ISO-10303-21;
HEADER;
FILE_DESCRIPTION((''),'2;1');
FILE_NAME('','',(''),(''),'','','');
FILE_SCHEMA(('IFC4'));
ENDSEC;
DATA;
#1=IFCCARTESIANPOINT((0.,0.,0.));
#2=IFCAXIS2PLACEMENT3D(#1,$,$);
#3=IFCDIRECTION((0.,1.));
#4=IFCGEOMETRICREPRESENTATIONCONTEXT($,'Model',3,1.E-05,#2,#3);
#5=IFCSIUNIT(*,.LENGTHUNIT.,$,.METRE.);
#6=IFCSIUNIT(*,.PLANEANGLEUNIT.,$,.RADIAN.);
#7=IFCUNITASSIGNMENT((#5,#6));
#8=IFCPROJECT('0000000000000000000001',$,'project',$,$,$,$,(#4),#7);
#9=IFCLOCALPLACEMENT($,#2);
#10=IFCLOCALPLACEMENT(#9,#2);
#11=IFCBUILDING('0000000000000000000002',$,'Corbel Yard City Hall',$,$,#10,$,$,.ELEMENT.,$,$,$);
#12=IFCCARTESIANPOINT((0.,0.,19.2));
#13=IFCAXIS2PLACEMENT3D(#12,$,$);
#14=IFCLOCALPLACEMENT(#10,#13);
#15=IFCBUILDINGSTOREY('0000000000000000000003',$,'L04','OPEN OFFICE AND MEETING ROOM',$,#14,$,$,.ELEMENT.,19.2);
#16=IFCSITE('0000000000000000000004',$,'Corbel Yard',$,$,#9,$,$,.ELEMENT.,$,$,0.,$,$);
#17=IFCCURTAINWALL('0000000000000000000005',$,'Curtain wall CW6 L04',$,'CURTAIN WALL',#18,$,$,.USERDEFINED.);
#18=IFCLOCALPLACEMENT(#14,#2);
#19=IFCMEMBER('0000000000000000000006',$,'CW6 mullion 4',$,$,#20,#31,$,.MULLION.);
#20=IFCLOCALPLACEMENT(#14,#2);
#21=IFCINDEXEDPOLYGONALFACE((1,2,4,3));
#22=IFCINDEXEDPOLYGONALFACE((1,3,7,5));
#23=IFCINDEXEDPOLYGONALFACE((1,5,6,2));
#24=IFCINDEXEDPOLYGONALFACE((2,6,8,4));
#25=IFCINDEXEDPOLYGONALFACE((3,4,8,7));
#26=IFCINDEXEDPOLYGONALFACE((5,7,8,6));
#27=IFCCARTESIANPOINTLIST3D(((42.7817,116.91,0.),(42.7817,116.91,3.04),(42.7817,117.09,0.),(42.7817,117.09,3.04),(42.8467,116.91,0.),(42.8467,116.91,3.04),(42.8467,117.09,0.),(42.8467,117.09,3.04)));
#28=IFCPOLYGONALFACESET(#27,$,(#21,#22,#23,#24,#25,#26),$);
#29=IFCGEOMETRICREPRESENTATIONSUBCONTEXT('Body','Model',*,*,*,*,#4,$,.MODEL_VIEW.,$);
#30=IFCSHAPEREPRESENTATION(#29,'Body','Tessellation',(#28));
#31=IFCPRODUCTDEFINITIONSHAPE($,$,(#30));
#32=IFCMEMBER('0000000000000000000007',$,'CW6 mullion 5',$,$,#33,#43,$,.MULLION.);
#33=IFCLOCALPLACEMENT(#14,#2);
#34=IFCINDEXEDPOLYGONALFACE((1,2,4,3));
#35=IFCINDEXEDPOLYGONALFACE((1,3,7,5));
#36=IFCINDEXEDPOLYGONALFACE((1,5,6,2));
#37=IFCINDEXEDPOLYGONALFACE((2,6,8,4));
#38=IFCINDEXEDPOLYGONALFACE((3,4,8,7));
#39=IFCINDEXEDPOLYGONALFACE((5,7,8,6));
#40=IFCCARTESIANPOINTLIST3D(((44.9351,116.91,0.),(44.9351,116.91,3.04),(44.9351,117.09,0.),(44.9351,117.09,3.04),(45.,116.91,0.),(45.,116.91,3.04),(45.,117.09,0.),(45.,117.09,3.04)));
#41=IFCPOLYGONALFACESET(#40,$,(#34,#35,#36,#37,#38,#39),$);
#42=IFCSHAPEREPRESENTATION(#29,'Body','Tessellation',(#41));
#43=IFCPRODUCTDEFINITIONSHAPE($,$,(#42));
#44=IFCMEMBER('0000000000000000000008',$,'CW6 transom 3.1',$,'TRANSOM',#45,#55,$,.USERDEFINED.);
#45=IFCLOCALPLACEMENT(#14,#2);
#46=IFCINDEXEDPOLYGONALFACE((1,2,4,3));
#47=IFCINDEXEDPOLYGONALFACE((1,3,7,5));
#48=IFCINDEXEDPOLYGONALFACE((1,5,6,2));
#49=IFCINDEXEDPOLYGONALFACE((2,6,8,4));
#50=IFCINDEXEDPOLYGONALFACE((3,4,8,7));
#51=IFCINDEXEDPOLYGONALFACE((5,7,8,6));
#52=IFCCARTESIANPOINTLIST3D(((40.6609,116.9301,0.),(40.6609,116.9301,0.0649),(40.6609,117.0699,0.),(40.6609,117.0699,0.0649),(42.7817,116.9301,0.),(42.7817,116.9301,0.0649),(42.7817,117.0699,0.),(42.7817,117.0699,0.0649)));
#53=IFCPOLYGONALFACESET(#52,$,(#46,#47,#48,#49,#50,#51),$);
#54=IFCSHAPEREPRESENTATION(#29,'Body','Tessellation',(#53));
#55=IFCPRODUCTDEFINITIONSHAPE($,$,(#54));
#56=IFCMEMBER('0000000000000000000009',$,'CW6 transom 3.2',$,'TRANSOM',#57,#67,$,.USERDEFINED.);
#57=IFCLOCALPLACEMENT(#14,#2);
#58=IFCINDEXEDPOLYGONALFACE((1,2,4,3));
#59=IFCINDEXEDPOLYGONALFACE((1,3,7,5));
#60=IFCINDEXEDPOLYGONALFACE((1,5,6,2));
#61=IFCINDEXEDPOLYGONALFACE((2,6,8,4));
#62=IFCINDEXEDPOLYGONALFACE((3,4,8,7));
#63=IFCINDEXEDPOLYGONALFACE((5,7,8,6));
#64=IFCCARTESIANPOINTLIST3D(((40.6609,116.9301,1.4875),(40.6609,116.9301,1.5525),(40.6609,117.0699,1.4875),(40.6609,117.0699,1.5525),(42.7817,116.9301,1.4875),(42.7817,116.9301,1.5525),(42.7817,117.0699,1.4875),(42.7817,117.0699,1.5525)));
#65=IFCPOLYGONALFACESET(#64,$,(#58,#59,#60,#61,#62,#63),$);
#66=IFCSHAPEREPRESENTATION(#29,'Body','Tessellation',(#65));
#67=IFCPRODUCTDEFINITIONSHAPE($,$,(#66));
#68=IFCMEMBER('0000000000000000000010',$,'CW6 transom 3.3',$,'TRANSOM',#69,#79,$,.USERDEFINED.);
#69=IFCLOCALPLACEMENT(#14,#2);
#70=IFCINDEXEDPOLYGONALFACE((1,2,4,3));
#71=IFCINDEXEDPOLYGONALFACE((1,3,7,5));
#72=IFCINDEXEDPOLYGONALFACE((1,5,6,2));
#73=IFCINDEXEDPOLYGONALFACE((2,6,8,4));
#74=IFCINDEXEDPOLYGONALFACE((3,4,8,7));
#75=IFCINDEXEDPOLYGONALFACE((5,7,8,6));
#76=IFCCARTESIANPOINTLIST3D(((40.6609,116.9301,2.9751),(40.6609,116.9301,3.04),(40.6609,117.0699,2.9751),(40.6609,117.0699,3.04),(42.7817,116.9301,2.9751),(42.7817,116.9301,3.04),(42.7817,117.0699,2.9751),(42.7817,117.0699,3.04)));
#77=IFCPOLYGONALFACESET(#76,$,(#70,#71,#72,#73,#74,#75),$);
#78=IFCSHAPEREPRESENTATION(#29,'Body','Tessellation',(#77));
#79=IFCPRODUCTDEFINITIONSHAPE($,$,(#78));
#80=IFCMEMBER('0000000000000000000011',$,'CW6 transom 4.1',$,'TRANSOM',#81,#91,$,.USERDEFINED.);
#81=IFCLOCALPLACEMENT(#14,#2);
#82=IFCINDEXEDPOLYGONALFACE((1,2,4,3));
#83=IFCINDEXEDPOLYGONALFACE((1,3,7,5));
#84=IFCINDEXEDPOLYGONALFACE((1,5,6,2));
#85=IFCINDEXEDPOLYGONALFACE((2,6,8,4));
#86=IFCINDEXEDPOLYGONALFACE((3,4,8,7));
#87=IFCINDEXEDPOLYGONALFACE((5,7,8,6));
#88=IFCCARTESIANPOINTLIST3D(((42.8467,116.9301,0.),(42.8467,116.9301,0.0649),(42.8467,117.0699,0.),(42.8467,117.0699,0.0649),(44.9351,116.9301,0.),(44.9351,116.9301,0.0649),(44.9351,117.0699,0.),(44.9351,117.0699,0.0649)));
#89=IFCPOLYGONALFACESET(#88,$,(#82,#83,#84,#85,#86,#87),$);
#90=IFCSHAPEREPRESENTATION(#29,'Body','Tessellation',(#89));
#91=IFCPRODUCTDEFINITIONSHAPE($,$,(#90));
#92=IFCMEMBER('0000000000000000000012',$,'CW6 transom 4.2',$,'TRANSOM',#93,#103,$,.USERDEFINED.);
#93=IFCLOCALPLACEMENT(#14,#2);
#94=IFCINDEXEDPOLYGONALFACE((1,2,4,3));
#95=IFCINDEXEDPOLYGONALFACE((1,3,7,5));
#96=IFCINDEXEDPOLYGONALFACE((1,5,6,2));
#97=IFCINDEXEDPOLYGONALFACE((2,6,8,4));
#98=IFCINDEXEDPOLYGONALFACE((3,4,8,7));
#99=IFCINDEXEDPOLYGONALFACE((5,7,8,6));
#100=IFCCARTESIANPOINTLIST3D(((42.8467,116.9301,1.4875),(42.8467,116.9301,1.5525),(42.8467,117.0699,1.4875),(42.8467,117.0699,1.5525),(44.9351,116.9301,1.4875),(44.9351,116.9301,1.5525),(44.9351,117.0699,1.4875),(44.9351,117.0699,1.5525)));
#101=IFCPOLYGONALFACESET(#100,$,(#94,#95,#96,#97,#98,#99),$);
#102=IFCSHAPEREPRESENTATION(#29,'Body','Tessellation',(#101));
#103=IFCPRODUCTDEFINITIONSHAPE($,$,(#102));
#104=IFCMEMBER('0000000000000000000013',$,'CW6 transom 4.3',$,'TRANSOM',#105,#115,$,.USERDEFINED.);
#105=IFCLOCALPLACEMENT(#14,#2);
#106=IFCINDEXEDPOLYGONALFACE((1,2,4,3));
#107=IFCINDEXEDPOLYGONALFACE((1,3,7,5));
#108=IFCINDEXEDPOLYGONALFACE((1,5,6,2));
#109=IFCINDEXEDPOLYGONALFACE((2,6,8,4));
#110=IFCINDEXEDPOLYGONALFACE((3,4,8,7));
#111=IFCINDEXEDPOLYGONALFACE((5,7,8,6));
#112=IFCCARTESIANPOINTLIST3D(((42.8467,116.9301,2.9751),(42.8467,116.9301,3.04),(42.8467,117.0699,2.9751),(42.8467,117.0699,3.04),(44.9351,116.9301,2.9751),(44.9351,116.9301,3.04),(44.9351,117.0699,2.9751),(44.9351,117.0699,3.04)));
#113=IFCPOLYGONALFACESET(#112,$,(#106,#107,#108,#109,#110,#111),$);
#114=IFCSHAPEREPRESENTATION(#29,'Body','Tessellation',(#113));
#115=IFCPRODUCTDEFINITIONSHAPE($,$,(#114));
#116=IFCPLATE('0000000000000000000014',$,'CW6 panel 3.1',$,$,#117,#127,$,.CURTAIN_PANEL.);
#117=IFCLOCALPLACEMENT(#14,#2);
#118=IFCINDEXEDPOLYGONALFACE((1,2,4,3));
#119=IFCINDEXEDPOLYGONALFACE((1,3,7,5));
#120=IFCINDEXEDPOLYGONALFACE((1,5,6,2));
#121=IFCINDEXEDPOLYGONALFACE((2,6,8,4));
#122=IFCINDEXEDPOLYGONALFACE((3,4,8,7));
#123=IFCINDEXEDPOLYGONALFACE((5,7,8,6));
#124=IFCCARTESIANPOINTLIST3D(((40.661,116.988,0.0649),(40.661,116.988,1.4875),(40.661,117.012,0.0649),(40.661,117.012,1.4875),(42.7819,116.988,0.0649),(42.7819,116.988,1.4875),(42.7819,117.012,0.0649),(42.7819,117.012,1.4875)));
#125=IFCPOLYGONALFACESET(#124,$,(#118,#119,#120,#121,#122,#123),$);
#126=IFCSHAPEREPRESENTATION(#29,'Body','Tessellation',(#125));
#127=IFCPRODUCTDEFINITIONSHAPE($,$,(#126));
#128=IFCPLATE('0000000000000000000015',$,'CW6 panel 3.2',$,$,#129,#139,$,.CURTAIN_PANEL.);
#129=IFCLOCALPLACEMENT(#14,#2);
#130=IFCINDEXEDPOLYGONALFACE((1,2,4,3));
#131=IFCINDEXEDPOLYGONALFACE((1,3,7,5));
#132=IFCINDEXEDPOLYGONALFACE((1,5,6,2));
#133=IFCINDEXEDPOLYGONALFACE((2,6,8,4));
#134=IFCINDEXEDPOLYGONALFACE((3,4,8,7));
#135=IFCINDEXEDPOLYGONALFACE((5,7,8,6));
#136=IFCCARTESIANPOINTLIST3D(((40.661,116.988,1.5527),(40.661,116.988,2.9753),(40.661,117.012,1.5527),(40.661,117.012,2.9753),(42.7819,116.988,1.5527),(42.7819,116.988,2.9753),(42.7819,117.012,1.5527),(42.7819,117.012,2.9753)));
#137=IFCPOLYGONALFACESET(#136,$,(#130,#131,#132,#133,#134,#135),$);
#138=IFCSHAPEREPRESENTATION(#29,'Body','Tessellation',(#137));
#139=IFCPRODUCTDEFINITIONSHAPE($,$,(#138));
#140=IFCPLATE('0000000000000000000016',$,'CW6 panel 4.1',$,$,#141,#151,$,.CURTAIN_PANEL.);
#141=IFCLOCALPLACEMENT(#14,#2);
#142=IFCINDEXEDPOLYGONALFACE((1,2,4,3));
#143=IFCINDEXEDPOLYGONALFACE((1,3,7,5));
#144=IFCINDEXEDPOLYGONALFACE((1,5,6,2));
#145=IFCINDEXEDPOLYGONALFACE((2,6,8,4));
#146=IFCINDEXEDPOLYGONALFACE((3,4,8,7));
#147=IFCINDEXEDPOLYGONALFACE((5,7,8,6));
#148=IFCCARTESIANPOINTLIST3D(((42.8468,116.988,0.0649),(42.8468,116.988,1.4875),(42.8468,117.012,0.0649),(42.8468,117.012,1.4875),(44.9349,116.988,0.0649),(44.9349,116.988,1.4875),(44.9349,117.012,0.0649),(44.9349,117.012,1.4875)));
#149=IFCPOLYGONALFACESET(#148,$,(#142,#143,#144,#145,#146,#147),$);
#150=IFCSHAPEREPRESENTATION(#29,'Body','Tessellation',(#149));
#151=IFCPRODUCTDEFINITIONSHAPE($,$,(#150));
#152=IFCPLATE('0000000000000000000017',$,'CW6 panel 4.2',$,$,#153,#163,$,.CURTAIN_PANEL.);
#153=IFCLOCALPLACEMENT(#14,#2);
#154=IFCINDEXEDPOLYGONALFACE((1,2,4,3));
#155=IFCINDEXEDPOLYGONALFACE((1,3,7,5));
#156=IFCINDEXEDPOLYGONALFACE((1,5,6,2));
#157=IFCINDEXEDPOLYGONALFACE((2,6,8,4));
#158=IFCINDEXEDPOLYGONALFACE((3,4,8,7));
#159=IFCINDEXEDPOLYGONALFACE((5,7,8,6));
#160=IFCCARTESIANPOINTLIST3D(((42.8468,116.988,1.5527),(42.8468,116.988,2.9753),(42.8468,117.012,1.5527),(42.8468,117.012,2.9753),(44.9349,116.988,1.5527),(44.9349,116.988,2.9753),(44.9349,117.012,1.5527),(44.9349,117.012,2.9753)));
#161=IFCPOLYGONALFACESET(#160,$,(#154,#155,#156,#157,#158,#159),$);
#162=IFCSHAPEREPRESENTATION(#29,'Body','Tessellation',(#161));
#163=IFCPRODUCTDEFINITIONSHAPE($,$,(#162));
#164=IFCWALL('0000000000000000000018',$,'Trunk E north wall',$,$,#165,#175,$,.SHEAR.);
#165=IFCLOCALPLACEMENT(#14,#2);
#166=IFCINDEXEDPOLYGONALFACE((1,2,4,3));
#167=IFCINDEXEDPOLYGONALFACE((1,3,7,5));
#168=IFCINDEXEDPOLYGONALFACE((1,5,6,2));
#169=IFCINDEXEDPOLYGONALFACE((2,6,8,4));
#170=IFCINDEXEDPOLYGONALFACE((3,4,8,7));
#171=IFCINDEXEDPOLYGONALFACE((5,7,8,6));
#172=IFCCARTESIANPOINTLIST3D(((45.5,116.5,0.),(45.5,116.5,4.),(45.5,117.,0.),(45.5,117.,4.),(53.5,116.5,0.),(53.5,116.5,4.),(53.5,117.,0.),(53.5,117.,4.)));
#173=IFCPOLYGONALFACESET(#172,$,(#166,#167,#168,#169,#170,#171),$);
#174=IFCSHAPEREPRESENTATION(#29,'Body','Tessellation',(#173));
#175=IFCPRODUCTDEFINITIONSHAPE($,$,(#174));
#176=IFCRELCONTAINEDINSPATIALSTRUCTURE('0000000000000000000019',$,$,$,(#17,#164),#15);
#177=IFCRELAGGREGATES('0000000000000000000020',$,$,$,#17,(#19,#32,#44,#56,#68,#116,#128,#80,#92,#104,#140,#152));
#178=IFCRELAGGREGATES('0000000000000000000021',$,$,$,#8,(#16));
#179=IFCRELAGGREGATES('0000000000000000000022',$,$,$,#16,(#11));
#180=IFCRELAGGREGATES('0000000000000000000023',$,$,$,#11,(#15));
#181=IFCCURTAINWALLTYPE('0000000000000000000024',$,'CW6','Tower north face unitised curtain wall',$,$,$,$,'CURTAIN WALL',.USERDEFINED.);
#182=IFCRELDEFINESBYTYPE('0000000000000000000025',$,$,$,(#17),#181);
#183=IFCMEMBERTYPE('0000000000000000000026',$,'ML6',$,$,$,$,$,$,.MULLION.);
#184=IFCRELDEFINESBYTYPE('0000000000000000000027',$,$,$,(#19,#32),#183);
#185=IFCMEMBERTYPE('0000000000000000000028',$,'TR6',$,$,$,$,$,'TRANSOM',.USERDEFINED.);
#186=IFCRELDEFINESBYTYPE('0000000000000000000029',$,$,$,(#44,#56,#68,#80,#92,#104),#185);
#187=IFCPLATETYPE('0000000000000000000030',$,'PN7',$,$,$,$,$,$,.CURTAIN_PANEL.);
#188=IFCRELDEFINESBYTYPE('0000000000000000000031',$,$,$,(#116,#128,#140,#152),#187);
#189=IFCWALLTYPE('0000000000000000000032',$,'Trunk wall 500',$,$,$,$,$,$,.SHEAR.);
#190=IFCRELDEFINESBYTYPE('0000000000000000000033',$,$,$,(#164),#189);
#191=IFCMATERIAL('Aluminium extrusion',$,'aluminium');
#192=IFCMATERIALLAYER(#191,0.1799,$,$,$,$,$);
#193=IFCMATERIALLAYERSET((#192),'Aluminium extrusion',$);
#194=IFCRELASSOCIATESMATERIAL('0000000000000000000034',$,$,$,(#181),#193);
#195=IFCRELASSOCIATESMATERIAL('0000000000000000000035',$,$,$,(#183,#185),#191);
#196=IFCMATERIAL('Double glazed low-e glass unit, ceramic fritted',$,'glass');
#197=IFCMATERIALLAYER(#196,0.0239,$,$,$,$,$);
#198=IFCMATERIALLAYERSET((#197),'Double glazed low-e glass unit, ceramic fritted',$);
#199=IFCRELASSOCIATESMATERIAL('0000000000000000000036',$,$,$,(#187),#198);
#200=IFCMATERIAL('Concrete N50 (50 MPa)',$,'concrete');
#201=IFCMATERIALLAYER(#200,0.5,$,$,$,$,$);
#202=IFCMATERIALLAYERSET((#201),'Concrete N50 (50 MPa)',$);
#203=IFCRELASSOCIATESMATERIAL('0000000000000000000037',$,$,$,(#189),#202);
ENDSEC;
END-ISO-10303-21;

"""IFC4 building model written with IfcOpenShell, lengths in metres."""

from ifc_helpers import new_model, si_unit, direction, frame, frame_2d, origin, origin_2d, place, context, subcontext, project, spatial, rectangle, extrude, material, layer, layer_set, material_profile, profile_set, type_object, element, aggregate, save


model = new_model("IFC4")

# Units and contexts
model_context = context("Model", 3, precision=1e-05, world=origin(), true_north=direction((0.0, 1.0)))
body_context = subcontext(model_context, "Body", "Model", "MODEL_VIEW")
ifc_project = project(units=[si_unit("LENGTHUNIT", "METRE"), si_unit("PLANEANGLEUNIT", "RADIAN")], contexts=[model_context])

# Site, building, storey
site_placement = place(None, origin())
site = spatial("IfcSite", under=ifc_project, at=site_placement, Name="Corbel Yard", CompositionType="ELEMENT", RefElevation=0.0)
building_placement = place(site_placement, origin())
building = spatial("IfcBuilding", under=site, at=building_placement, Name="Corbel Yard City Hall", CompositionType="ELEMENT")
storey_placement = place(building_placement, frame((0.0, 0.0, 19.2)))
storey = spatial("IfcBuildingStorey", under=building, at=storey_placement, Name="L04", Description="OPEN OFFICE AND MEETING ROOM", CompositionType="ELEMENT", Elevation=19.2)

# Curtain wall, members, plates
ifc_material_1 = material(Name="Aluminium extrusion", Category="aluminium")
ifc_layer_1 = layer(ifc_material_1, 0.1799)
ifc_layer_set_1 = layer_set([ifc_layer_1], Name="Aluminium extrusion")
curtain_wall_type = type_object("IfcCurtainWallType", Name="CW6", Description="Tower north face unitised curtain wall", ElementType="CURTAIN WALL", PredefinedType="USERDEFINED", material=ifc_layer_set_1)
curtain_wall_placement = place(storey_placement, origin())
curtain_wall = element("IfcCurtainWall", 1, at=curtain_wall_placement, inside=storey, type_object=curtain_wall_type, Name="Curtain wall CW6 L04", ObjectType="CURTAIN WALL", PredefinedType="USERDEFINED")
ifc_material_profile_1 = material_profile(ifc_material_1, rectangle(XDim=0.1799, YDim=0.0649, at=origin_2d()), Name="180x65")
ifc_profile_set_1 = profile_set([ifc_material_profile_1], Name="Aluminium extrusion")
member_type_1 = type_object("IfcMemberType", Name="ML6", PredefinedType="MULLION", material=ifc_profile_set_1)
member_1_placement = place(storey_placement, frame((42.8142, 117.0, 0.0), z_axis=(0.0, 0.0, 1.0), x_axis=(0.0, 1.0, 0.0)))
member_1 = element("IfcMember", 2, at=member_1_placement, type_object=member_type_1, Name="CW6 mullion 4", PredefinedType="MULLION", context=body_context, shape_type="SweptSolid", body=[
    extrude(rectangle(XDim=0.1799, YDim=0.0649, at=origin_2d()), origin(), (0.0, 0.0, 1.0), 3.04),
])
member_2_placement = place(storey_placement, frame((44.9675, 117.0, 0.0), z_axis=(0.0, 0.0, 1.0), x_axis=(0.0, 1.0, 0.0)))
member_2 = element("IfcMember", 3, at=member_2_placement, type_object=member_type_1, Name="CW6 mullion 5", PredefinedType="MULLION", context=body_context, shape_type="SweptSolid", body=[
    extrude(rectangle(XDim=0.1799, YDim=0.0649, at=origin_2d()), origin(), (0.0, 0.0, 1.0), 3.04),
])
ifc_material_profile_2 = material_profile(ifc_material_1, rectangle(XDim=0.1399, YDim=0.0649, at=origin_2d()), Name="140x65")
ifc_profile_set_2 = profile_set([ifc_material_profile_2], Name="Aluminium extrusion")
member_type_2 = type_object("IfcMemberType", Name="TR6", ElementType="TRANSOM", PredefinedType="USERDEFINED", material=ifc_profile_set_2)
member_3_placement = place(storey_placement, frame((40.6609, 117.0, 0.0325), z_axis=(1.0, 0.0, 0.0), x_axis=(0.0, 1.0, 0.0)))
member_3 = element("IfcMember", 4, at=member_3_placement, type_object=member_type_2, Name="CW6 transom 3.1", ObjectType="TRANSOM", PredefinedType="USERDEFINED", context=body_context, shape_type="SweptSolid", body=[
    extrude(rectangle(XDim=0.1399, YDim=0.0649, at=origin_2d()), origin(), (0.0, 0.0, 1.0), 2.1208),
])
member_4_placement = place(storey_placement, frame((40.6609, 117.0, 1.52), z_axis=(1.0, 0.0, 0.0), x_axis=(0.0, 1.0, 0.0)))
member_4 = element("IfcMember", 5, at=member_4_placement, type_object=member_type_2, Name="CW6 transom 3.2", ObjectType="TRANSOM", PredefinedType="USERDEFINED", context=body_context, shape_type="SweptSolid", body=[
    extrude(rectangle(XDim=0.1399, YDim=0.0649, at=origin_2d()), origin(), (0.0, 0.0, 1.0), 2.1208),
])
member_5_placement = place(storey_placement, frame((40.6609, 117.0, 3.0076), z_axis=(1.0, 0.0, 0.0), x_axis=(0.0, 1.0, 0.0)))
member_5 = element("IfcMember", 6, at=member_5_placement, type_object=member_type_2, Name="CW6 transom 3.3", ObjectType="TRANSOM", PredefinedType="USERDEFINED", context=body_context, shape_type="SweptSolid", body=[
    extrude(rectangle(XDim=0.1399, YDim=0.0649, at=origin_2d()), origin(), (0.0, 0.0, 1.0), 2.1208),
])
member_6_placement = place(storey_placement, frame((42.8467, 117.0, 0.0325), z_axis=(1.0, 0.0, 0.0), x_axis=(0.0, 1.0, 0.0)))
member_6 = element("IfcMember", 7, at=member_6_placement, type_object=member_type_2, Name="CW6 transom 4.1", ObjectType="TRANSOM", PredefinedType="USERDEFINED", context=body_context, shape_type="SweptSolid", body=[
    extrude(rectangle(XDim=0.1399, YDim=0.0649, at=origin_2d()), origin(), (0.0, 0.0, 1.0), 2.0884),
])
member_7_placement = place(storey_placement, frame((42.8467, 117.0, 1.52), z_axis=(1.0, 0.0, 0.0), x_axis=(0.0, 1.0, 0.0)))
member_7 = element("IfcMember", 8, at=member_7_placement, type_object=member_type_2, Name="CW6 transom 4.2", ObjectType="TRANSOM", PredefinedType="USERDEFINED", context=body_context, shape_type="SweptSolid", body=[
    extrude(rectangle(XDim=0.1399, YDim=0.0649, at=origin_2d()), origin(), (0.0, 0.0, 1.0), 2.0884),
])
member_8_placement = place(storey_placement, frame((42.8467, 117.0, 3.0076), z_axis=(1.0, 0.0, 0.0), x_axis=(0.0, 1.0, 0.0)))
member_8 = element("IfcMember", 9, at=member_8_placement, type_object=member_type_2, Name="CW6 transom 4.3", ObjectType="TRANSOM", PredefinedType="USERDEFINED", context=body_context, shape_type="SweptSolid", body=[
    extrude(rectangle(XDim=0.1399, YDim=0.0649, at=origin_2d()), origin(), (0.0, 0.0, 1.0), 2.0884),
])
ifc_material_2 = material(Name="Double glazed low-e glass unit, ceramic fritted", Category="glass")
ifc_layer_2 = layer(ifc_material_2, 0.0239)
ifc_layer_set_2 = layer_set([ifc_layer_2], Name="Double glazed low-e glass unit, ceramic fritted")
plate_type = type_object("IfcPlateType", Name="PN7", PredefinedType="CURTAIN_PANEL", material=ifc_layer_set_2)
plate_1_placement = place(storey_placement, frame((41.7214, 117.0, 0.0649), z_axis=(0.0, 0.0, 1.0), x_axis=(1.0, 0.0, 0.0)))
plate_1 = element("IfcPlate", 10, at=plate_1_placement, type_object=plate_type, Name="CW6 panel 3.1", PredefinedType="CURTAIN_PANEL", context=body_context, shape_type="SweptSolid", body=[
    extrude(rectangle(XDim=2.1208, YDim=0.0239, at=origin_2d()), origin(), (0.0, 0.0, 1.0), 1.4226),
])
plate_2_placement = place(storey_placement, frame((41.7214, 117.0, 1.5527), z_axis=(0.0, 0.0, 1.0), x_axis=(1.0, 0.0, 0.0)))
plate_2 = element("IfcPlate", 11, at=plate_2_placement, type_object=plate_type, Name="CW6 panel 3.2", PredefinedType="CURTAIN_PANEL", context=body_context, shape_type="SweptSolid", body=[
    extrude(rectangle(XDim=2.1208, YDim=0.0239, at=origin_2d()), origin(), (0.0, 0.0, 1.0), 1.4226),
])
plate_3_placement = place(storey_placement, frame((43.8909, 117.0, 0.0649), z_axis=(0.0, 0.0, 1.0), x_axis=(1.0, 0.0, 0.0)))
plate_3 = element("IfcPlate", 12, at=plate_3_placement, type_object=plate_type, Name="CW6 panel 4.1", PredefinedType="CURTAIN_PANEL", context=body_context, shape_type="SweptSolid", body=[
    extrude(rectangle(XDim=2.0881, YDim=0.0239, at=origin_2d()), origin(), (0.0, 0.0, 1.0), 1.4226),
])
plate_4_placement = place(storey_placement, frame((43.8909, 117.0, 1.5527), z_axis=(0.0, 0.0, 1.0), x_axis=(1.0, 0.0, 0.0)))
plate_4 = element("IfcPlate", 13, at=plate_4_placement, type_object=plate_type, Name="CW6 panel 4.2", PredefinedType="CURTAIN_PANEL", context=body_context, shape_type="SweptSolid", body=[
    extrude(rectangle(XDim=2.0881, YDim=0.0239, at=origin_2d()), origin(), (0.0, 0.0, 1.0), 1.4226),
])
aggregate(curtain_wall, [member_1, member_2, member_3, member_4, member_5, plate_1, plate_2, member_6, member_7, member_8, plate_3, plate_4])

# Wall
ifc_material_3 = material(Name="Concrete N50 (50 MPa)", Category="concrete")
ifc_layer_3 = layer(ifc_material_3, 0.5)
ifc_layer_set_3 = layer_set([ifc_layer_3], Name="Concrete N50 (50 MPa)")
wall_type = type_object("IfcWallType", Name="Trunk wall 500", PredefinedType="SHEAR", material=ifc_layer_set_3)
wall_placement = place(storey_placement, frame((45.5, 116.75, 0.0), z_axis=(0.0, 0.0, 1.0), x_axis=(1.0, 0.0, 0.0)))
element("IfcWall", 14, at=wall_placement, inside=storey, type_object=wall_type, Name="Trunk E north wall", PredefinedType="SHEAR", context=body_context, shape_type="SweptSolid", body=[
    extrude(rectangle(XDim=8.0, YDim=0.5, at=frame_2d((4.0, 0.0))), origin(), (0.0, 0.0, 1.0), 4.0),
])

save(model, "model.ifc")
